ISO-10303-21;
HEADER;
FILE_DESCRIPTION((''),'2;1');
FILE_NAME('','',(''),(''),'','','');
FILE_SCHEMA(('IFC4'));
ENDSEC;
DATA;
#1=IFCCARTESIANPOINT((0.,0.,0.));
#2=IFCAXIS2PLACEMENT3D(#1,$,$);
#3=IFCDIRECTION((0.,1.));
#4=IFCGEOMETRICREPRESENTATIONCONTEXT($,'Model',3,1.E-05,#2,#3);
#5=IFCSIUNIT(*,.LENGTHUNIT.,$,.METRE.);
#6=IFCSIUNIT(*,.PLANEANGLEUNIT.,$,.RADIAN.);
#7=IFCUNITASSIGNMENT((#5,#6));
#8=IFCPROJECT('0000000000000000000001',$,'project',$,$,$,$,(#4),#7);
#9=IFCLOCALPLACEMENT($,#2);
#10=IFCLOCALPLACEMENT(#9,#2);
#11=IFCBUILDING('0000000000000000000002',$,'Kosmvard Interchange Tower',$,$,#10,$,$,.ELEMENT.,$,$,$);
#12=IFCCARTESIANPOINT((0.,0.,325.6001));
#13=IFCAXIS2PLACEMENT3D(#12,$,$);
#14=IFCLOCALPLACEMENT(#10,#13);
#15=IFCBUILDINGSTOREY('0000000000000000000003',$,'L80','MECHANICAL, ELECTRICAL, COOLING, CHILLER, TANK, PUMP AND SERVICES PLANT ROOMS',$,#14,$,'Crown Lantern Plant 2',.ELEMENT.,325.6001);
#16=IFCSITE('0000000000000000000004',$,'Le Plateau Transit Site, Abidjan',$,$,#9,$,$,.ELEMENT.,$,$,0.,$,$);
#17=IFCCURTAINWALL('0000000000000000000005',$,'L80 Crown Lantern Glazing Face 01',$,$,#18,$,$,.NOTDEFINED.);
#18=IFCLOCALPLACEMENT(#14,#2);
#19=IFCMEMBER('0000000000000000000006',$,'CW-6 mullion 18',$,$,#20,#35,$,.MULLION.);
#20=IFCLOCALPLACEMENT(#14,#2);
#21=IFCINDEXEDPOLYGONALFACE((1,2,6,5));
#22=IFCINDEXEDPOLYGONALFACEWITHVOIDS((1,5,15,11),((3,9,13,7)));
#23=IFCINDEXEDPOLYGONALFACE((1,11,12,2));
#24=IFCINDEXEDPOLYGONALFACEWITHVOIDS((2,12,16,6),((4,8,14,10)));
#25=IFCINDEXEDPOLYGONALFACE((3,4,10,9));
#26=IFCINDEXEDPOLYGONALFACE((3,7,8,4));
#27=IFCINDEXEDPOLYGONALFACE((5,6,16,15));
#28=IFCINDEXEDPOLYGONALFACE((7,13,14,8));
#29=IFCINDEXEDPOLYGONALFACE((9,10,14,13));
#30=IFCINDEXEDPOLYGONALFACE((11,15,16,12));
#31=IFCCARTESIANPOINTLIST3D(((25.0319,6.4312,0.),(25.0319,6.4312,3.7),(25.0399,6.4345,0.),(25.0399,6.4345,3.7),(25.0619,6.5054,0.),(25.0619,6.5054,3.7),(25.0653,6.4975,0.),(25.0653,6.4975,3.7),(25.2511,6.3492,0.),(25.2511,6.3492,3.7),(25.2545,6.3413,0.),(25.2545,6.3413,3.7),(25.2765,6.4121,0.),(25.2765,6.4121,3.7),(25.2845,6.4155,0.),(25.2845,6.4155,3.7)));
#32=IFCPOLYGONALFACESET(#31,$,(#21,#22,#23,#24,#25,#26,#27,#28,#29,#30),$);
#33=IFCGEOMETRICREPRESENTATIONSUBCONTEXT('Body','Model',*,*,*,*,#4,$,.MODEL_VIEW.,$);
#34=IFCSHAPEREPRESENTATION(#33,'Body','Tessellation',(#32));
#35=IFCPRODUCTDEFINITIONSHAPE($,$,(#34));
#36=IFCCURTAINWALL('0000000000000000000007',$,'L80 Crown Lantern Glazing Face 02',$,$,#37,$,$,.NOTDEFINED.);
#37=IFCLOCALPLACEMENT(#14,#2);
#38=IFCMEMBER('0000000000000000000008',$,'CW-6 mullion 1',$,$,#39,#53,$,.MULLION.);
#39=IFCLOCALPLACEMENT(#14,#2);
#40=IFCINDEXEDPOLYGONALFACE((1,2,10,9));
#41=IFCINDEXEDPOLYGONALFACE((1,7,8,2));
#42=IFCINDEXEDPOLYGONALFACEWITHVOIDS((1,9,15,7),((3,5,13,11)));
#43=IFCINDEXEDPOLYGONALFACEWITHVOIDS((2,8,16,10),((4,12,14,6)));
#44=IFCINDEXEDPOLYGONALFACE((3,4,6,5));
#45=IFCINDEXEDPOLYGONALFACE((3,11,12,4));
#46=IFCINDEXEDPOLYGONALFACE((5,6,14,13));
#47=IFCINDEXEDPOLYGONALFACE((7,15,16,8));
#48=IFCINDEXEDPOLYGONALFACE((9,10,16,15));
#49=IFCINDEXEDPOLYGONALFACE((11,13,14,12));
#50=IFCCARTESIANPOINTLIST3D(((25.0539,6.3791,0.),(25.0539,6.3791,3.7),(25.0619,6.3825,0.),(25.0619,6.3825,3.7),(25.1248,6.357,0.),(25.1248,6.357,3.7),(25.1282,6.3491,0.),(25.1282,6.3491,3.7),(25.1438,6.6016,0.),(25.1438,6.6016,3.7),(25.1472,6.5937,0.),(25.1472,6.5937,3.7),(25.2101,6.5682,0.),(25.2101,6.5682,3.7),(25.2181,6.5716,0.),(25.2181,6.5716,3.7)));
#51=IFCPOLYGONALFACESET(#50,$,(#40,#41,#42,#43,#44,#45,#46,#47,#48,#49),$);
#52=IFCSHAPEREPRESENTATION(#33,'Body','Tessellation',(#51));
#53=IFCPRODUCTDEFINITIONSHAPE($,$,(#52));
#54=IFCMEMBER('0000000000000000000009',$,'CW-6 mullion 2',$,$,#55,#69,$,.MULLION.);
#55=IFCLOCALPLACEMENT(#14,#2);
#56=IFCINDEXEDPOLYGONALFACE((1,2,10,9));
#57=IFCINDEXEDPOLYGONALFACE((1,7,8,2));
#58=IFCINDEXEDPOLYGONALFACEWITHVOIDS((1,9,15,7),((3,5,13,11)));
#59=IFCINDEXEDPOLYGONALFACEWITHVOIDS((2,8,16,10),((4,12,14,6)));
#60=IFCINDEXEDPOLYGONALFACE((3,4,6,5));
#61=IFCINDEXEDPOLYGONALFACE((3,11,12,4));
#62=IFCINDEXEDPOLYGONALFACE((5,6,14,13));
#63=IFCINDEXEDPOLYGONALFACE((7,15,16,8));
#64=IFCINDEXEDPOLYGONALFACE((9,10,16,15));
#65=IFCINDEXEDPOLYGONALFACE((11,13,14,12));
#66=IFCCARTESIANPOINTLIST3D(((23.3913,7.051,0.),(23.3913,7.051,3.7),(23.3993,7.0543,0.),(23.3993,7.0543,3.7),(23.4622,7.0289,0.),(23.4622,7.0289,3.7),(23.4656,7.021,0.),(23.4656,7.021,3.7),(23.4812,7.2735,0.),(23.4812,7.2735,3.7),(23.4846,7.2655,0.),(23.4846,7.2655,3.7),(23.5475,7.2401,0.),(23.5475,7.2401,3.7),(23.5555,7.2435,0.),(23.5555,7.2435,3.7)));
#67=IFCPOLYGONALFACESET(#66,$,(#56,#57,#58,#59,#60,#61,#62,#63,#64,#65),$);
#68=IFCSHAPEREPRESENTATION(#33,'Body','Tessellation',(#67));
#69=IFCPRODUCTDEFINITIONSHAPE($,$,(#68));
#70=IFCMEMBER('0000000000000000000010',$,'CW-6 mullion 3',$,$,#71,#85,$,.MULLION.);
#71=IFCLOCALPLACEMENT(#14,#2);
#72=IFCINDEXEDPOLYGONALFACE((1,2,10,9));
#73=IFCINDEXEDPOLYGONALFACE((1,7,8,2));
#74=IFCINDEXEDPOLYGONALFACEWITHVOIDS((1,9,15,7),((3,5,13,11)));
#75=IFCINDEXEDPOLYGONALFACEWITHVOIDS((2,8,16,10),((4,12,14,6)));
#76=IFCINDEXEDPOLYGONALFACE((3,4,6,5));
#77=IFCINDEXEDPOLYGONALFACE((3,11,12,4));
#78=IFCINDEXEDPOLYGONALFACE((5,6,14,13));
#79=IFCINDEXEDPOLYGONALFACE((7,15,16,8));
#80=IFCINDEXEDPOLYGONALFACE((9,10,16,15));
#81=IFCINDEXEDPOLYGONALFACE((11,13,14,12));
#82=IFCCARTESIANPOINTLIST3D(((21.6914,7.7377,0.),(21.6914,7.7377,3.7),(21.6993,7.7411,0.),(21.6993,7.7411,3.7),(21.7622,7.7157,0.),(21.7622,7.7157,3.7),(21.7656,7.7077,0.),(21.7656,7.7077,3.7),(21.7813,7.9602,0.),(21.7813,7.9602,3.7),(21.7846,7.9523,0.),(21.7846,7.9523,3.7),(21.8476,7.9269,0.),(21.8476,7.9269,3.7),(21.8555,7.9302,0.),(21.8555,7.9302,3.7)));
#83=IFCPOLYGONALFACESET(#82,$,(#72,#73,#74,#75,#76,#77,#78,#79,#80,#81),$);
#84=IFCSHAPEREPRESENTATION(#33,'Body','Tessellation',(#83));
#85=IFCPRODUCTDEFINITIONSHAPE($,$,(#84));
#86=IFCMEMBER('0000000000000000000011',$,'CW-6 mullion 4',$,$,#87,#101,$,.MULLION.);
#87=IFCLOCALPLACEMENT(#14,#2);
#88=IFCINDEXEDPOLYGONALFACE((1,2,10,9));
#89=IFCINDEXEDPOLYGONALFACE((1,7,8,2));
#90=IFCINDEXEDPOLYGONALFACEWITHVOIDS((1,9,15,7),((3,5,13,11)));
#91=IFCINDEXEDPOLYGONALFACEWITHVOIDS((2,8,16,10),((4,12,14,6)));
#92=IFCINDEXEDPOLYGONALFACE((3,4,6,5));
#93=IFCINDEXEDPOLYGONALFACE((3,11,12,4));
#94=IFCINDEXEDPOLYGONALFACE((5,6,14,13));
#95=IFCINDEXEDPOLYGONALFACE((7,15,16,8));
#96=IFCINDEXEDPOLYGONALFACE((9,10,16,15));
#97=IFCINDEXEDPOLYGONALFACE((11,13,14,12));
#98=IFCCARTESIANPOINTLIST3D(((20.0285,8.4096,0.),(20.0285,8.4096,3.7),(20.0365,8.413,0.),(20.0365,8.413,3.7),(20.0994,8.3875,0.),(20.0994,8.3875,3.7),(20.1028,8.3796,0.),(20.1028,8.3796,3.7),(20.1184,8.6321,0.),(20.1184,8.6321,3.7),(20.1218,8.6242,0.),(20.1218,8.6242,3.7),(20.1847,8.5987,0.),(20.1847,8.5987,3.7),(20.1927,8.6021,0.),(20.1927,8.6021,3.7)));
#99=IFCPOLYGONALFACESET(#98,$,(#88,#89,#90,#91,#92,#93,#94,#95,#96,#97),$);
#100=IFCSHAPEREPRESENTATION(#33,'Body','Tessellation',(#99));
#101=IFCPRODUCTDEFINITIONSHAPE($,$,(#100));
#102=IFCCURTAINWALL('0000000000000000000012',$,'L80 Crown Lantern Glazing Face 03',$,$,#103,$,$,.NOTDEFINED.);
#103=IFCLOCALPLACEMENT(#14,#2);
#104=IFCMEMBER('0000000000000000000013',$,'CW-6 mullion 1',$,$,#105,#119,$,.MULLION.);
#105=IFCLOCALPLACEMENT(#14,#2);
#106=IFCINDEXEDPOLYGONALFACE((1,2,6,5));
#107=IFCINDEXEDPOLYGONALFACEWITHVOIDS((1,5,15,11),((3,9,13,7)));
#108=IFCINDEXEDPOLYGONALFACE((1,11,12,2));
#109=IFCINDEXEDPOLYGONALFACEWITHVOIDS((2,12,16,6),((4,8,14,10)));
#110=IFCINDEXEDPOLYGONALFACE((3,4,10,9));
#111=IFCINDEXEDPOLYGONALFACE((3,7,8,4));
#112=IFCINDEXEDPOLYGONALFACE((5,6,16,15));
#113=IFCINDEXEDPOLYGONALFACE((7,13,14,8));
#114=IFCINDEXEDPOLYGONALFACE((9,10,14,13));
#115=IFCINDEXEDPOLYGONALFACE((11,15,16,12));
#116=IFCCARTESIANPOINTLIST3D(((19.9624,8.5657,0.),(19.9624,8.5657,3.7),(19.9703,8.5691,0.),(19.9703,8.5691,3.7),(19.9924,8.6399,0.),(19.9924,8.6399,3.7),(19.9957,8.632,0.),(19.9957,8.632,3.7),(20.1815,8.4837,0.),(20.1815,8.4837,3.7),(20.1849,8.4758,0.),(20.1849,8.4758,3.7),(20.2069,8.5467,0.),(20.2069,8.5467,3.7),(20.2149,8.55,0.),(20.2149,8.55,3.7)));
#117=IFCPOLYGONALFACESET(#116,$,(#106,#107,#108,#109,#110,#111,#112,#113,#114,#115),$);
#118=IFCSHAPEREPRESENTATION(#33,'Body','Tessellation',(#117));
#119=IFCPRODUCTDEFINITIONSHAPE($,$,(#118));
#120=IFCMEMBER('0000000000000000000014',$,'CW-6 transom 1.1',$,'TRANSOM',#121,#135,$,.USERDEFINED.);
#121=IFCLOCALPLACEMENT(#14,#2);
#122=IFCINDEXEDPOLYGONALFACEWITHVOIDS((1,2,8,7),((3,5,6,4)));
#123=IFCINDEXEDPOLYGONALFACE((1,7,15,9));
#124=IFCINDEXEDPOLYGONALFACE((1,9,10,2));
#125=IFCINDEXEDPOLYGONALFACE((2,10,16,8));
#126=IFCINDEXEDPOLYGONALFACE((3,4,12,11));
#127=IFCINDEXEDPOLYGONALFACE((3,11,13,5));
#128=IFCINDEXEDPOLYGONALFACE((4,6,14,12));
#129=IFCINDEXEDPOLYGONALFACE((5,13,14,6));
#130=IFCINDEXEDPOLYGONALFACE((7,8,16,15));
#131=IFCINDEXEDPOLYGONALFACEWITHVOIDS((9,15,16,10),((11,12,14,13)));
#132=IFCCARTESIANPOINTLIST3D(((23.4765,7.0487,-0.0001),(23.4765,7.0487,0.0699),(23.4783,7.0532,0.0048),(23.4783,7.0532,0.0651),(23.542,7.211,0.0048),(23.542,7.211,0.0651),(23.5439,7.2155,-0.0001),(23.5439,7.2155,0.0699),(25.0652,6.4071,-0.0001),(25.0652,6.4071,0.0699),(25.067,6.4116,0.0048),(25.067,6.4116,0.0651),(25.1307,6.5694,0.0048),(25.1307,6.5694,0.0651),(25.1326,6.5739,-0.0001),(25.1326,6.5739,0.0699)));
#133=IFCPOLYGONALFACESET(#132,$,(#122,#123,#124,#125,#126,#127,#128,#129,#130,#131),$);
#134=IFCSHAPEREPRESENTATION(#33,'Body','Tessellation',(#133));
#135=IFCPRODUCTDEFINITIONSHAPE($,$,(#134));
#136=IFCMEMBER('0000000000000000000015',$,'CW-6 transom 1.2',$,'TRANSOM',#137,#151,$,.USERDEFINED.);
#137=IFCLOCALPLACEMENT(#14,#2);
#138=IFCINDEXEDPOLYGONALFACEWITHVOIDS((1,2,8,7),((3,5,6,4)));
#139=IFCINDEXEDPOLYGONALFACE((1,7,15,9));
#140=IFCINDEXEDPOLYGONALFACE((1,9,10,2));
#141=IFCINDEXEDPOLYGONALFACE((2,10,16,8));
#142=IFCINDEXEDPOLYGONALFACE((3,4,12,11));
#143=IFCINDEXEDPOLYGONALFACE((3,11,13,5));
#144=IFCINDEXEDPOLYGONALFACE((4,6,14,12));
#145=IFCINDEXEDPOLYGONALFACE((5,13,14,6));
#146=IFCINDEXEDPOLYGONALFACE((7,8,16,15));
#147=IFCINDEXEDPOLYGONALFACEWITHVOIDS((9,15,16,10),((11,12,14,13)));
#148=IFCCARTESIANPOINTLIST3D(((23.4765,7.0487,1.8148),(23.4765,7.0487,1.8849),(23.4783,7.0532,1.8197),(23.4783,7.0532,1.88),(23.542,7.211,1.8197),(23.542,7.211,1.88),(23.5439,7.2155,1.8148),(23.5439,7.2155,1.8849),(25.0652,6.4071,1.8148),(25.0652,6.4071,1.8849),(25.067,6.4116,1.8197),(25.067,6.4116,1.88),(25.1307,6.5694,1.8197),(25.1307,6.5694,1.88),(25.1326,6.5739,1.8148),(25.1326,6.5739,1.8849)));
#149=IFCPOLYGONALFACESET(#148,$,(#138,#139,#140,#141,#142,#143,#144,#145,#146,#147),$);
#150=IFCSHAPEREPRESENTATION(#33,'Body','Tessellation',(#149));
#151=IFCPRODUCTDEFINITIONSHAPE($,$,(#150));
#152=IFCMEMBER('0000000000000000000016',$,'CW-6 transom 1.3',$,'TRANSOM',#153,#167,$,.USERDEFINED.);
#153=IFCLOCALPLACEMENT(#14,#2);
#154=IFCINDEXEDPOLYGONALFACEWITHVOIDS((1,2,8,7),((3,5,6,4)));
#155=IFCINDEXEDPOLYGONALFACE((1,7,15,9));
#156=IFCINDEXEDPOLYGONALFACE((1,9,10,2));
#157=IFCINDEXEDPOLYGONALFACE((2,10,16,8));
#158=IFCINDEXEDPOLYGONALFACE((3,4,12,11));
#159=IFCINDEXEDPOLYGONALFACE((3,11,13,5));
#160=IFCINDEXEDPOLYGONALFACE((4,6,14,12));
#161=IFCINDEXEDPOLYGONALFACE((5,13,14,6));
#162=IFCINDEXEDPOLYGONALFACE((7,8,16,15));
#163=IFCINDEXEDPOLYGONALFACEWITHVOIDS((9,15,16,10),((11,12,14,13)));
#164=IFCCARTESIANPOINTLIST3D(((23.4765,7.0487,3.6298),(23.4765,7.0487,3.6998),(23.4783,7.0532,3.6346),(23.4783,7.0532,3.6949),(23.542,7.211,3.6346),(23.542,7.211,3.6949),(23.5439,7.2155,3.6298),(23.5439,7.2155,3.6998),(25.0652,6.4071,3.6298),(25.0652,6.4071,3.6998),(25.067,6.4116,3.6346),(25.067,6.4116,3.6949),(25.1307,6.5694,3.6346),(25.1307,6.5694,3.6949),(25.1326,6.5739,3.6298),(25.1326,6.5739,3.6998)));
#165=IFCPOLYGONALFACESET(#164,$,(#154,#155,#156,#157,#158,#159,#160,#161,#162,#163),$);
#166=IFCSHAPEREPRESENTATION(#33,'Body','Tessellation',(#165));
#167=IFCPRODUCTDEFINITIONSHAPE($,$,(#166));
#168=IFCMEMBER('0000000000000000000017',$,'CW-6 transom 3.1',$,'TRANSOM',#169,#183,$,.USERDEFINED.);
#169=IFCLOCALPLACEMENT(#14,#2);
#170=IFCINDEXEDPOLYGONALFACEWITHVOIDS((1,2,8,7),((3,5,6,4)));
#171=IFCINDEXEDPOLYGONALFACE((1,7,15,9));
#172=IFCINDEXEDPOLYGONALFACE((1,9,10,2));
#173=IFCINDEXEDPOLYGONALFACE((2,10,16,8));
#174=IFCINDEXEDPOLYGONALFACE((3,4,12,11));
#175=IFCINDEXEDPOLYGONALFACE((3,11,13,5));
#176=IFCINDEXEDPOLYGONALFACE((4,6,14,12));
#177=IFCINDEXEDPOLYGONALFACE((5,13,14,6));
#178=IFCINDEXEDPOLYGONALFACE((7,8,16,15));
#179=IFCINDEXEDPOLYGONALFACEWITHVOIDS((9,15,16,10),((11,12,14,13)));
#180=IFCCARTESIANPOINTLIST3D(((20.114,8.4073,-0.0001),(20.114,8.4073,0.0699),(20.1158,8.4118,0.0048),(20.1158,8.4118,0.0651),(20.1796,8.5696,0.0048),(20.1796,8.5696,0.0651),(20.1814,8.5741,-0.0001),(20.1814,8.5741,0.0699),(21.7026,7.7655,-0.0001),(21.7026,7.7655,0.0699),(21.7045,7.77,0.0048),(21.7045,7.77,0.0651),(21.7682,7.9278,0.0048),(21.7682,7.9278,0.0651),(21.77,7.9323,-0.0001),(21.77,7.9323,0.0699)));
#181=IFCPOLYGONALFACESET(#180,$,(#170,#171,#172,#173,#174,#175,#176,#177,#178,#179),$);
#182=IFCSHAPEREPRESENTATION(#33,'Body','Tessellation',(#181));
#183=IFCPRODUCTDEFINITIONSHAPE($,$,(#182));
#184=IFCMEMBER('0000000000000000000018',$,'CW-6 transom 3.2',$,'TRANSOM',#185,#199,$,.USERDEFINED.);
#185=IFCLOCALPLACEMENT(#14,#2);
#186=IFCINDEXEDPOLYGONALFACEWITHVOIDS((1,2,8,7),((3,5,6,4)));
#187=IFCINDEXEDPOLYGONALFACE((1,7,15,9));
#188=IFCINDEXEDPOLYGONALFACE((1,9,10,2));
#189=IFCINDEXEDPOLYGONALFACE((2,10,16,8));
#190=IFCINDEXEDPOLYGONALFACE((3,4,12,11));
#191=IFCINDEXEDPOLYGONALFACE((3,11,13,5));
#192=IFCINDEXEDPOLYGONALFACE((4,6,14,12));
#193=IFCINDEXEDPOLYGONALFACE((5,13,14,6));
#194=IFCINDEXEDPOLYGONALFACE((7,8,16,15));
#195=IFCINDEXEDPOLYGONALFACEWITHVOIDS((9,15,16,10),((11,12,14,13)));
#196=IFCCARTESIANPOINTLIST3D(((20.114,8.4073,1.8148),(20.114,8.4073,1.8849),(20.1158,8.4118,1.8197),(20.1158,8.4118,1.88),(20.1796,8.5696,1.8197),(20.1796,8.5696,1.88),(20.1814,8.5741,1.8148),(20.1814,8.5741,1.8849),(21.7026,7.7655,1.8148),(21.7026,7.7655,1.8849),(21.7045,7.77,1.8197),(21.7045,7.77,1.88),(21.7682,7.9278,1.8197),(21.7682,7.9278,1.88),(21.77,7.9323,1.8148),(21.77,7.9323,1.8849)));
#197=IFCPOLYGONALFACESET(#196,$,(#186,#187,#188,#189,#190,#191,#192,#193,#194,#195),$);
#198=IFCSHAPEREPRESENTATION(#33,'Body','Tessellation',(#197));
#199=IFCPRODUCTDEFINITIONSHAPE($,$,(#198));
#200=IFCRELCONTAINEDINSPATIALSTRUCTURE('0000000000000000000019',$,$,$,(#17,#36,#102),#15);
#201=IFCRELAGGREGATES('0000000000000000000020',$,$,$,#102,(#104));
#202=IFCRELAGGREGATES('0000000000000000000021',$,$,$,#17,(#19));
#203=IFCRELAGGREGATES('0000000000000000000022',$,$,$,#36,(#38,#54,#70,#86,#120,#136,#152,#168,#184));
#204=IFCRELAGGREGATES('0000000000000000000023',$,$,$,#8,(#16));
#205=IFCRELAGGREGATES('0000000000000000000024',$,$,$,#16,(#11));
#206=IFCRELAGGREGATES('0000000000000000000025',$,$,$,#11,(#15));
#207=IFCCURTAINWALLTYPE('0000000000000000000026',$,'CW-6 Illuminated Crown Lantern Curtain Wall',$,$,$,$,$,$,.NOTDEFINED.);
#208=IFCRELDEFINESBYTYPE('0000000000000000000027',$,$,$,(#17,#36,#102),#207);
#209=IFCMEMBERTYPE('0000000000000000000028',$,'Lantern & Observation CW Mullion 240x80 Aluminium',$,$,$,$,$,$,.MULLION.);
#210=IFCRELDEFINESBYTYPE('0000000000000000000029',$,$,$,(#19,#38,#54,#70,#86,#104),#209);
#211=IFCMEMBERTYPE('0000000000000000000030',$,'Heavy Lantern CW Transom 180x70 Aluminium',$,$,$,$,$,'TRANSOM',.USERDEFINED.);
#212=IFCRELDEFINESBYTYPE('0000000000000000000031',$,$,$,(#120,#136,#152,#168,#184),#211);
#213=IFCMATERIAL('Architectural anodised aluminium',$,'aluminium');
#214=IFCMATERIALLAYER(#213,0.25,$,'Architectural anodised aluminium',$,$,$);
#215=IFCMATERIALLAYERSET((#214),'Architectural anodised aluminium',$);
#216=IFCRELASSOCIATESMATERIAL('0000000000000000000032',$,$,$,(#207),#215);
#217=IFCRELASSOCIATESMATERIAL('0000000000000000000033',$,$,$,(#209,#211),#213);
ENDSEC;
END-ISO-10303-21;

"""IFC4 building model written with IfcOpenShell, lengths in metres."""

from ifc_helpers import new_model, si_unit, direction, frame, origin, origin_2d, place, context, subcontext, project, spatial, hollow_rectangle, extrude, source, transform, mapped, material, layer, layer_set, material_profile, profile_set, type_object, element, aggregate, save


model = new_model("IFC4")

# Units and contexts
model_context = context("Model", 3, precision=1e-05, world=origin(), true_north=direction((0.0, 1.0)))
body_context = subcontext(model_context, "Body", "Model", "MODEL_VIEW")
ifc_project = project(units=[si_unit("LENGTHUNIT", "METRE"), si_unit("PLANEANGLEUNIT", "RADIAN")], contexts=[model_context])

# Site, building, storey
site_placement = place(None, origin())
site = spatial("IfcSite", under=ifc_project, at=site_placement, Name="Le Plateau Transit Site, Abidjan", CompositionType="ELEMENT", RefElevation=0.0)
building_placement = place(site_placement, origin())
building = spatial("IfcBuilding", under=site, at=building_placement, Name="Kosmvard Interchange Tower", CompositionType="ELEMENT")
storey_placement = place(building_placement, frame((0.0, 0.0, 325.6001)))
storey = spatial("IfcBuildingStorey", under=building, at=storey_placement, Name="L80", Description="MECHANICAL, ELECTRICAL, COOLING, CHILLER, TANK, PUMP AND SERVICES PLANT ROOMS", LongName="Crown Lantern Plant 2", CompositionType="ELEMENT", Elevation=325.6001)

# Curtain wall, member
ifc_material_1 = material(Name="Architectural anodised aluminium", Category="aluminium")
ifc_layer_1 = layer(ifc_material_1, 0.25, Name="Architectural anodised aluminium")
ifc_layer_set_1 = layer_set([ifc_layer_1], Name="Architectural anodised aluminium")
curtain_wall_type = type_object("IfcCurtainWallType", Name="CW-6 Illuminated Crown Lantern Curtain Wall", PredefinedType="NOTDEFINED", material=ifc_layer_set_1)
curtain_wall_1_placement = place(storey_placement, origin())
curtain_wall_1 = element("IfcCurtainWall", 1, at=curtain_wall_1_placement, inside=storey, type_object=curtain_wall_type, Name="L80 Crown Lantern Glazing Face 01", PredefinedType="NOTDEFINED")
ifc_material_profile_1 = material_profile(ifc_material_1, hollow_rectangle(XDim=0.24, YDim=0.0801, WallThickness=0.0061, at=origin_2d()), Name="CWM 240x80x6")
ifc_profile_set_1 = profile_set([ifc_material_profile_1], Name="Architectural anodised aluminium")
member_type_1 = type_object("IfcMemberType", Name="Lantern & Observation CW Mullion 240x80 Aluminium", PredefinedType="MULLION", material=ifc_profile_set_1)
shared_shape_1 = source(origin(), body_context, "Body", "SweptSolid", [
    extrude(hollow_rectangle(XDim=0.24, YDim=0.0801, WallThickness=0.0061, at=origin_2d()), origin(), (0.0, 0.0, 1.0), 3.7),
])
member_1_placement = place(storey_placement, frame((25.1582, 6.4233, 0.0), z_axis=(0.0, 0.0, 1.0), x_axis=(-0.927184, 0.374607, 0.0)))
member_1 = element("IfcMember", 2, at=member_1_placement, type_object=member_type_1, Name="CW-6 mullion 18", PredefinedType="MULLION", context=body_context, shape_type="MappedRepresentation", body=[
    mapped(shared_shape_1, transform((0.0, 0.0, 0.0), scale=1.0)),
])

# Curtain wall, members
curtain_wall_2_placement = place(storey_placement, origin())
curtain_wall_2 = element("IfcCurtainWall", 3, at=curtain_wall_2_placement, inside=storey, type_object=curtain_wall_type, Name="L80 Crown Lantern Glazing Face 02", PredefinedType="NOTDEFINED")
member_2_placement = place(storey_placement, frame((25.136, 6.4753, 0.0), z_axis=(0.0, 0.0, 1.0), x_axis=(-0.374607, -0.927184, 0.0)))
member_2 = element("IfcMember", 4, at=member_2_placement, type_object=member_type_1, Name="CW-6 mullion 1", PredefinedType="MULLION", context=body_context, shape_type="MappedRepresentation", body=[
    mapped(shared_shape_1, transform((0.0, 0.0, 0.0), scale=1.0)),
])
member_3_placement = place(storey_placement, frame((23.4734, 7.1472, 0.0), z_axis=(0.0, 0.0, 1.0), x_axis=(-0.374607, -0.927184, 0.0)))
member_3 = element("IfcMember", 5, at=member_3_placement, type_object=member_type_1, Name="CW-6 mullion 2", PredefinedType="MULLION", context=body_context, shape_type="MappedRepresentation", body=[
    mapped(shared_shape_1, transform((0.0, 0.0, 0.0), scale=1.0)),
])
member_4_placement = place(storey_placement, frame((21.7734, 7.834, 0.0), z_axis=(0.0, 0.0, 1.0), x_axis=(-0.374607, -0.927184, 0.0)))
member_4 = element("IfcMember", 6, at=member_4_placement, type_object=member_type_1, Name="CW-6 mullion 3", PredefinedType="MULLION", context=body_context, shape_type="MappedRepresentation", body=[
    mapped(shared_shape_1, transform((0.0, 0.0, 0.0), scale=1.0)),
])
member_5_placement = place(storey_placement, frame((20.1106, 8.5059, 0.0), z_axis=(0.0, 0.0, 1.0), x_axis=(-0.374607, -0.927184, 0.0)))
member_5 = element("IfcMember", 7, at=member_5_placement, type_object=member_type_1, Name="CW-6 mullion 4", PredefinedType="MULLION", context=body_context, shape_type="MappedRepresentation", body=[
    mapped(shared_shape_1, transform((0.0, 0.0, 0.0), scale=1.0)),
])

# Curtain wall, member
curtain_wall_3_placement = place(storey_placement, origin())
curtain_wall_3 = element("IfcCurtainWall", 8, at=curtain_wall_3_placement, inside=storey, type_object=curtain_wall_type, Name="L80 Crown Lantern Glazing Face 03", PredefinedType="NOTDEFINED")
member_6_placement = place(storey_placement, frame((20.0886, 8.5579, 0.0), z_axis=(0.0, 0.0, 1.0), x_axis=(-0.927184, 0.374607, 0.0)))
member_6 = element("IfcMember", 9, at=member_6_placement, type_object=member_type_1, Name="CW-6 mullion 1", PredefinedType="MULLION", context=body_context, shape_type="MappedRepresentation", body=[
    mapped(shared_shape_1, transform((0.0, 0.0, 0.0), scale=1.0)),
])
aggregate(curtain_wall_3, [member_6])

# Members
ifc_material_profile_2 = material_profile(ifc_material_1, hollow_rectangle(XDim=0.1799, YDim=0.0701, WallThickness=0.0049, at=origin_2d()), Name="CWT 180x70x5")
ifc_profile_set_2 = profile_set([ifc_material_profile_2], Name="Architectural anodised aluminium")
member_type_2 = type_object("IfcMemberType", Name="Heavy Lantern CW Transom 180x70 Aluminium", ElementType="TRANSOM", PredefinedType="USERDEFINED", material=ifc_profile_set_2)
shared_shape_2 = source(origin(), body_context, "Body", "SweptSolid", [
    extrude(hollow_rectangle(XDim=0.1799, YDim=0.0701, WallThickness=0.0049, at=origin_2d()), origin(), (0.0, 0.0, 1.0), 1.7134),
])
member_7_placement = place(storey_placement, frame((25.0989, 6.4905, 0.0349), z_axis=(-0.927233, 0.374484, 0.0), x_axis=(-0.374484, -0.927233, 0.0)))
member_7 = element("IfcMember", 10, at=member_7_placement, type_object=member_type_2, Name="CW-6 transom 1.1", ObjectType="TRANSOM", PredefinedType="USERDEFINED", context=body_context, shape_type="MappedRepresentation", body=[
    mapped(shared_shape_2, transform((0.0, 0.0, 0.0), scale=1.0)),
])
member_8_placement = place(storey_placement, frame((25.0989, 6.4905, 1.8499), z_axis=(-0.927233, 0.374484, 0.0), x_axis=(-0.374484, -0.927233, 0.0)))
member_8 = element("IfcMember", 11, at=member_8_placement, type_object=member_type_2, Name="CW-6 transom 1.2", ObjectType="TRANSOM", PredefinedType="USERDEFINED", context=body_context, shape_type="MappedRepresentation", body=[
    mapped(shared_shape_2, transform((0.0, 0.0, 0.0), scale=1.0)),
])
member_9_placement = place(storey_placement, frame((25.0989, 6.4905, 3.6648), z_axis=(-0.927233, 0.374484, 0.0), x_axis=(-0.374484, -0.927233, 0.0)))
member_9 = element("IfcMember", 12, at=member_9_placement, type_object=member_type_2, Name="CW-6 transom 1.3", ObjectType="TRANSOM", PredefinedType="USERDEFINED", context=body_context, shape_type="MappedRepresentation", body=[
    mapped(shared_shape_2, transform((0.0, 0.0, 0.0), scale=1.0)),
])
member_10_placement = place(storey_placement, frame((21.7363, 7.8489, 0.0349), z_axis=(-0.927184, 0.374607, 0.0), x_axis=(-0.374607, -0.927184, 0.0)))
member_10 = element("IfcMember", 13, at=member_10_placement, type_object=member_type_2, Name="CW-6 transom 3.1", ObjectType="TRANSOM", PredefinedType="USERDEFINED", context=body_context, shape_type="MappedRepresentation", body=[
    mapped(shared_shape_2, transform((0.0, 0.0, 0.0), scale=1.0)),
])
member_11_placement = place(storey_placement, frame((21.7363, 7.8489, 1.8499), z_axis=(-0.927184, 0.374607, 0.0), x_axis=(-0.374607, -0.927184, 0.0)))
member_11 = element("IfcMember", 14, at=member_11_placement, type_object=member_type_2, Name="CW-6 transom 3.2", ObjectType="TRANSOM", PredefinedType="USERDEFINED", context=body_context, shape_type="MappedRepresentation", body=[
    mapped(shared_shape_2, transform((0.0, 0.0, 0.0), scale=1.0)),
])

aggregate(curtain_wall_1, [member_1])
aggregate(curtain_wall_2, [member_2, member_3, member_4, member_5, member_7, member_8, member_9, member_10, member_11])

save(model, "model.ifc")
